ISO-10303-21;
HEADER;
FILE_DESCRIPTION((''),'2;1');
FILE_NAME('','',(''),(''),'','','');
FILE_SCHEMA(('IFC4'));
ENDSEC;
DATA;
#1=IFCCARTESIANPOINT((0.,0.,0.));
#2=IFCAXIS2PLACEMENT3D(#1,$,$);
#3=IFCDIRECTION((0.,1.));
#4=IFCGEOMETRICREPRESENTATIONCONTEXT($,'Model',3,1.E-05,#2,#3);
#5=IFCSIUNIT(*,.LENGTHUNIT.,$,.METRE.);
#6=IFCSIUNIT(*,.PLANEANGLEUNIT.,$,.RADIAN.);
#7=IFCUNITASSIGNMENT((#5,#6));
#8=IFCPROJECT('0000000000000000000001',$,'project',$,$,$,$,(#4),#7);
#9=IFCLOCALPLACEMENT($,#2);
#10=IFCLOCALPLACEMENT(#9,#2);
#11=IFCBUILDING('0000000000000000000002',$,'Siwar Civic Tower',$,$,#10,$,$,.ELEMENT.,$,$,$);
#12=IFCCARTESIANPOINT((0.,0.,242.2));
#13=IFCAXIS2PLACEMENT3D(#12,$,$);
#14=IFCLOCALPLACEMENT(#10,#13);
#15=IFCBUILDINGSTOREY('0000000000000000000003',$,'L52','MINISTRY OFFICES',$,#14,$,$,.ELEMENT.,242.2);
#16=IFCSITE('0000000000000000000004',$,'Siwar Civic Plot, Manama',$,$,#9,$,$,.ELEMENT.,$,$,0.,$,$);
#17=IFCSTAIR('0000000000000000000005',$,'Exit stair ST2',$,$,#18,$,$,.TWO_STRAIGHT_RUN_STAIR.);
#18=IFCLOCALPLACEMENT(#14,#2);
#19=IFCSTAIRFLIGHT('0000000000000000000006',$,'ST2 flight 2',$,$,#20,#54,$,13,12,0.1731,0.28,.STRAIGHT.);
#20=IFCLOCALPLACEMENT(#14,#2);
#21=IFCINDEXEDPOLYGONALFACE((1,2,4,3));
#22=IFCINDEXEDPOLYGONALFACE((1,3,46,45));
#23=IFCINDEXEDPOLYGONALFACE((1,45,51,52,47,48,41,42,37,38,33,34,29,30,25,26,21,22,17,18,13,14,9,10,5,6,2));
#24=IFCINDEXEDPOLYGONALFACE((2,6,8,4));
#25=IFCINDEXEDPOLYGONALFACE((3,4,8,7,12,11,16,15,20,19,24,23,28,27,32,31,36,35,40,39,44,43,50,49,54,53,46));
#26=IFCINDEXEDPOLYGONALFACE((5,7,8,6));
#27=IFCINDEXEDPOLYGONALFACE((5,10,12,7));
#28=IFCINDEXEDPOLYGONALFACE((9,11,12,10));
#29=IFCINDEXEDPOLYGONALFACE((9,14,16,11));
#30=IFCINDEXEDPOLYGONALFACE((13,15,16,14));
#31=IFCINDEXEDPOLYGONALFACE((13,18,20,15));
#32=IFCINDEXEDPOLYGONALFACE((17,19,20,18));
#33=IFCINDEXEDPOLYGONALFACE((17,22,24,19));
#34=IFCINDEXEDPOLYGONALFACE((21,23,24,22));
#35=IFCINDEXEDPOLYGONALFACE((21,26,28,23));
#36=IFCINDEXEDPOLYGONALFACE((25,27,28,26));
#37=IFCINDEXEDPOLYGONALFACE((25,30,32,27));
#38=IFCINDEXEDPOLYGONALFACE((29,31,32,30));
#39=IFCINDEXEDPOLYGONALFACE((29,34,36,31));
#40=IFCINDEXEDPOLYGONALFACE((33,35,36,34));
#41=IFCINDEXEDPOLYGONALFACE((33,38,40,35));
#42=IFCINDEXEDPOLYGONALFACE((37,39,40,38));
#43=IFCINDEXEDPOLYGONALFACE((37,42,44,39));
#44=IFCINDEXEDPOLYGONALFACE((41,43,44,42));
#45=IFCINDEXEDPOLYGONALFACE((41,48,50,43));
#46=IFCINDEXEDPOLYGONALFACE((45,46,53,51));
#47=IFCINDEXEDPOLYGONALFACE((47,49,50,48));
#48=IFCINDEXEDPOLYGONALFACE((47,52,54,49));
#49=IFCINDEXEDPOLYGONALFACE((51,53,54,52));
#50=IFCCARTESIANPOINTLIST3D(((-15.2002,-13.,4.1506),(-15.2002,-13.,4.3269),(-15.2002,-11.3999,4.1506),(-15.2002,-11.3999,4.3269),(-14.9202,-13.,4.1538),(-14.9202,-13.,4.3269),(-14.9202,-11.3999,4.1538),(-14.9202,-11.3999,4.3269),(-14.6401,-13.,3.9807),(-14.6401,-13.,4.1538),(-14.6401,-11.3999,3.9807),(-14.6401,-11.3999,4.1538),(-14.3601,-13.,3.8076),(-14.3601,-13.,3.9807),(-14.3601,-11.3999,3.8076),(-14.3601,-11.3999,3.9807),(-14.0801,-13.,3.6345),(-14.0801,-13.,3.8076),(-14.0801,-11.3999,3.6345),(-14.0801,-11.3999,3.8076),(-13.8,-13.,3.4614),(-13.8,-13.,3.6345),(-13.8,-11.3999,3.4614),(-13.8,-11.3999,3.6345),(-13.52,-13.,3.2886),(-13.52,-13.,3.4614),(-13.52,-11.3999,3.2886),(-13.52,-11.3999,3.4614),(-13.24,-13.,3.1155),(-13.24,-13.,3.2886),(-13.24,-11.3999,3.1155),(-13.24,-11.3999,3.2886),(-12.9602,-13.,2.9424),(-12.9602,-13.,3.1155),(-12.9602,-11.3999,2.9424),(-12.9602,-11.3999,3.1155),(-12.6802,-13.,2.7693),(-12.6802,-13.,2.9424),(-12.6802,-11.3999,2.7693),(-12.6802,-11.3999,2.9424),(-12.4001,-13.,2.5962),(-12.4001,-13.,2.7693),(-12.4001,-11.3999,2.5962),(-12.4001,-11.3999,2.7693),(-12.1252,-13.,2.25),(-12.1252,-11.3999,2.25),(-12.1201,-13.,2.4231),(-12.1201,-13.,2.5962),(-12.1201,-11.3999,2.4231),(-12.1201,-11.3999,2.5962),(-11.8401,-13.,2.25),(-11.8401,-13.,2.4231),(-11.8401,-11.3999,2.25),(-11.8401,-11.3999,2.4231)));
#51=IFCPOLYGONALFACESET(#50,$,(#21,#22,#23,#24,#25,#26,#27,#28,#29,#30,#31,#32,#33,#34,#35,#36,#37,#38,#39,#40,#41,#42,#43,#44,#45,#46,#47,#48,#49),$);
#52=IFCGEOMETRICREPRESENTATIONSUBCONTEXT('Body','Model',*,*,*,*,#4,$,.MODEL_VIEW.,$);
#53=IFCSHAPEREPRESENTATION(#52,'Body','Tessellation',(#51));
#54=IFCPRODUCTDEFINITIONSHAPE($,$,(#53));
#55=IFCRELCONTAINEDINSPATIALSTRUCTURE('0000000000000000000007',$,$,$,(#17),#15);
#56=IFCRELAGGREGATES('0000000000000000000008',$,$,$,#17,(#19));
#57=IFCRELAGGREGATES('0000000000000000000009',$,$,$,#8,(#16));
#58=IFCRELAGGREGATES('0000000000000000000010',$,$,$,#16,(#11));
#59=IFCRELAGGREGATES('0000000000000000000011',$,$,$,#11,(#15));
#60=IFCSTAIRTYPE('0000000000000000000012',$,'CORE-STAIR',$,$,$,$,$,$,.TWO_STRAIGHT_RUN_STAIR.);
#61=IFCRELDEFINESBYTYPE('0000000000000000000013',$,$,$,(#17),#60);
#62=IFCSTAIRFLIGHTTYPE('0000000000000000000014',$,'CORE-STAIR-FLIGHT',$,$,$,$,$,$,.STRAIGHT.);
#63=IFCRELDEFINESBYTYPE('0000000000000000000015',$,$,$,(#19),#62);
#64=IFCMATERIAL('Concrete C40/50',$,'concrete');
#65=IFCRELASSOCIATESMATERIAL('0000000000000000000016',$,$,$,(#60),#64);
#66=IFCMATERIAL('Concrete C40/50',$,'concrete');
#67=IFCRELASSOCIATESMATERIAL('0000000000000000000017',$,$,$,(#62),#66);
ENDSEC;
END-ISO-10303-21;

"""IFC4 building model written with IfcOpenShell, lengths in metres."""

from ifc_helpers import new_model, si_unit, direction, frame, origin, place, context, subcontext, project, spatial, polyline, outline, extrude, material, type_object, element, aggregate, save


model = new_model("IFC4")

# Units and contexts
model_context = context("Model", 3, precision=1e-05, world=origin(), true_north=direction((0.0, 1.0)))
body_context = subcontext(model_context, "Body", "Model", "MODEL_VIEW")
ifc_project = project(units=[si_unit("LENGTHUNIT", "METRE"), si_unit("PLANEANGLEUNIT", "RADIAN")], contexts=[model_context])

# Site, building, storey
site_placement = place(None, origin())
site = spatial("IfcSite", under=ifc_project, at=site_placement, Name="Siwar Civic Plot, Manama", CompositionType="ELEMENT", RefElevation=0.0)
building_placement = place(site_placement, origin())
building = spatial("IfcBuilding", under=site, at=building_placement, Name="Siwar Civic Tower", CompositionType="ELEMENT")
storey_placement = place(building_placement, frame((0.0, 0.0, 242.2)))
storey = spatial("IfcBuildingStorey", under=building, at=storey_placement, Name="L52", Description="MINISTRY OFFICES", CompositionType="ELEMENT", Elevation=242.2)

# Stair, stair flight
ifc_material_1 = material(Name="Concrete C40/50", Category="concrete")
stair_type = type_object("IfcStairType", Name="CORE-STAIR", PredefinedType="TWO_STRAIGHT_RUN_STAIR", material=ifc_material_1)
stair_placement = place(storey_placement, origin())
stair = element("IfcStair", 1, at=stair_placement, inside=storey, type_object=stair_type, Name="Exit stair ST2", PredefinedType="TWO_STRAIGHT_RUN_STAIR")
ifc_material_2 = material(Name="Concrete C40/50", Category="concrete")
stair_flight_type = type_object("IfcStairFlightType", Name="CORE-STAIR-FLIGHT", PredefinedType="STRAIGHT", material=ifc_material_2)
stair_flight_1_placement = place(storey_placement, frame((-11.8401, -12.2, 2.25), z_axis=(0.0, 0.0, 1.0), x_axis=(-1.0, 0.0, 0.0)))
stair_flight_1 = element("IfcStairFlight", 2, at=stair_flight_1_placement, type_object=stair_flight_type, Name="ST2 flight 2", NumberOfRisers=13, NumberOfTreads=12, PredefinedType="STRAIGHT", RiserHeight=0.1731, TreadLength=0.28, context=body_context, shape_type="SweptSolid", body=[
    extrude(outline(polyline([(0.0, 0.0), (0.0, 0.1731), (0.28, 0.1731), (0.28, 0.3462), (0.5601, 0.3462), (0.5601, 0.5193), (0.8401, 0.5193), (0.8401, 0.6924), (1.1201, 0.6924), (1.1201, 0.8655), (1.3999, 0.8655), (1.3999, 1.0386), (1.6799, 1.0386), (1.6799, 1.2114), (1.96, 1.2114), (1.96, 1.3845), (2.24, 1.3845), (2.24, 1.5576), (2.52, 1.5576), (2.52, 1.7307), (2.8, 1.7307), (2.8, 1.9038), (3.0801, 1.9038), (3.0801, 2.0769), (3.3601, 2.0769), (3.3601, 2.25), (3.3601, 1.9006), (0.2852, 0.0), (0.0, 0.0)])), frame((0.0, 0.8, 0.0), z_axis=(0.0, -1.0, 0.0), x_axis=(1.0, 0.0, 0.0)), (0.0, 0.0, 1.0), 1.6001),
])
aggregate(stair, [stair_flight_1])

save(model, "model.ifc")
